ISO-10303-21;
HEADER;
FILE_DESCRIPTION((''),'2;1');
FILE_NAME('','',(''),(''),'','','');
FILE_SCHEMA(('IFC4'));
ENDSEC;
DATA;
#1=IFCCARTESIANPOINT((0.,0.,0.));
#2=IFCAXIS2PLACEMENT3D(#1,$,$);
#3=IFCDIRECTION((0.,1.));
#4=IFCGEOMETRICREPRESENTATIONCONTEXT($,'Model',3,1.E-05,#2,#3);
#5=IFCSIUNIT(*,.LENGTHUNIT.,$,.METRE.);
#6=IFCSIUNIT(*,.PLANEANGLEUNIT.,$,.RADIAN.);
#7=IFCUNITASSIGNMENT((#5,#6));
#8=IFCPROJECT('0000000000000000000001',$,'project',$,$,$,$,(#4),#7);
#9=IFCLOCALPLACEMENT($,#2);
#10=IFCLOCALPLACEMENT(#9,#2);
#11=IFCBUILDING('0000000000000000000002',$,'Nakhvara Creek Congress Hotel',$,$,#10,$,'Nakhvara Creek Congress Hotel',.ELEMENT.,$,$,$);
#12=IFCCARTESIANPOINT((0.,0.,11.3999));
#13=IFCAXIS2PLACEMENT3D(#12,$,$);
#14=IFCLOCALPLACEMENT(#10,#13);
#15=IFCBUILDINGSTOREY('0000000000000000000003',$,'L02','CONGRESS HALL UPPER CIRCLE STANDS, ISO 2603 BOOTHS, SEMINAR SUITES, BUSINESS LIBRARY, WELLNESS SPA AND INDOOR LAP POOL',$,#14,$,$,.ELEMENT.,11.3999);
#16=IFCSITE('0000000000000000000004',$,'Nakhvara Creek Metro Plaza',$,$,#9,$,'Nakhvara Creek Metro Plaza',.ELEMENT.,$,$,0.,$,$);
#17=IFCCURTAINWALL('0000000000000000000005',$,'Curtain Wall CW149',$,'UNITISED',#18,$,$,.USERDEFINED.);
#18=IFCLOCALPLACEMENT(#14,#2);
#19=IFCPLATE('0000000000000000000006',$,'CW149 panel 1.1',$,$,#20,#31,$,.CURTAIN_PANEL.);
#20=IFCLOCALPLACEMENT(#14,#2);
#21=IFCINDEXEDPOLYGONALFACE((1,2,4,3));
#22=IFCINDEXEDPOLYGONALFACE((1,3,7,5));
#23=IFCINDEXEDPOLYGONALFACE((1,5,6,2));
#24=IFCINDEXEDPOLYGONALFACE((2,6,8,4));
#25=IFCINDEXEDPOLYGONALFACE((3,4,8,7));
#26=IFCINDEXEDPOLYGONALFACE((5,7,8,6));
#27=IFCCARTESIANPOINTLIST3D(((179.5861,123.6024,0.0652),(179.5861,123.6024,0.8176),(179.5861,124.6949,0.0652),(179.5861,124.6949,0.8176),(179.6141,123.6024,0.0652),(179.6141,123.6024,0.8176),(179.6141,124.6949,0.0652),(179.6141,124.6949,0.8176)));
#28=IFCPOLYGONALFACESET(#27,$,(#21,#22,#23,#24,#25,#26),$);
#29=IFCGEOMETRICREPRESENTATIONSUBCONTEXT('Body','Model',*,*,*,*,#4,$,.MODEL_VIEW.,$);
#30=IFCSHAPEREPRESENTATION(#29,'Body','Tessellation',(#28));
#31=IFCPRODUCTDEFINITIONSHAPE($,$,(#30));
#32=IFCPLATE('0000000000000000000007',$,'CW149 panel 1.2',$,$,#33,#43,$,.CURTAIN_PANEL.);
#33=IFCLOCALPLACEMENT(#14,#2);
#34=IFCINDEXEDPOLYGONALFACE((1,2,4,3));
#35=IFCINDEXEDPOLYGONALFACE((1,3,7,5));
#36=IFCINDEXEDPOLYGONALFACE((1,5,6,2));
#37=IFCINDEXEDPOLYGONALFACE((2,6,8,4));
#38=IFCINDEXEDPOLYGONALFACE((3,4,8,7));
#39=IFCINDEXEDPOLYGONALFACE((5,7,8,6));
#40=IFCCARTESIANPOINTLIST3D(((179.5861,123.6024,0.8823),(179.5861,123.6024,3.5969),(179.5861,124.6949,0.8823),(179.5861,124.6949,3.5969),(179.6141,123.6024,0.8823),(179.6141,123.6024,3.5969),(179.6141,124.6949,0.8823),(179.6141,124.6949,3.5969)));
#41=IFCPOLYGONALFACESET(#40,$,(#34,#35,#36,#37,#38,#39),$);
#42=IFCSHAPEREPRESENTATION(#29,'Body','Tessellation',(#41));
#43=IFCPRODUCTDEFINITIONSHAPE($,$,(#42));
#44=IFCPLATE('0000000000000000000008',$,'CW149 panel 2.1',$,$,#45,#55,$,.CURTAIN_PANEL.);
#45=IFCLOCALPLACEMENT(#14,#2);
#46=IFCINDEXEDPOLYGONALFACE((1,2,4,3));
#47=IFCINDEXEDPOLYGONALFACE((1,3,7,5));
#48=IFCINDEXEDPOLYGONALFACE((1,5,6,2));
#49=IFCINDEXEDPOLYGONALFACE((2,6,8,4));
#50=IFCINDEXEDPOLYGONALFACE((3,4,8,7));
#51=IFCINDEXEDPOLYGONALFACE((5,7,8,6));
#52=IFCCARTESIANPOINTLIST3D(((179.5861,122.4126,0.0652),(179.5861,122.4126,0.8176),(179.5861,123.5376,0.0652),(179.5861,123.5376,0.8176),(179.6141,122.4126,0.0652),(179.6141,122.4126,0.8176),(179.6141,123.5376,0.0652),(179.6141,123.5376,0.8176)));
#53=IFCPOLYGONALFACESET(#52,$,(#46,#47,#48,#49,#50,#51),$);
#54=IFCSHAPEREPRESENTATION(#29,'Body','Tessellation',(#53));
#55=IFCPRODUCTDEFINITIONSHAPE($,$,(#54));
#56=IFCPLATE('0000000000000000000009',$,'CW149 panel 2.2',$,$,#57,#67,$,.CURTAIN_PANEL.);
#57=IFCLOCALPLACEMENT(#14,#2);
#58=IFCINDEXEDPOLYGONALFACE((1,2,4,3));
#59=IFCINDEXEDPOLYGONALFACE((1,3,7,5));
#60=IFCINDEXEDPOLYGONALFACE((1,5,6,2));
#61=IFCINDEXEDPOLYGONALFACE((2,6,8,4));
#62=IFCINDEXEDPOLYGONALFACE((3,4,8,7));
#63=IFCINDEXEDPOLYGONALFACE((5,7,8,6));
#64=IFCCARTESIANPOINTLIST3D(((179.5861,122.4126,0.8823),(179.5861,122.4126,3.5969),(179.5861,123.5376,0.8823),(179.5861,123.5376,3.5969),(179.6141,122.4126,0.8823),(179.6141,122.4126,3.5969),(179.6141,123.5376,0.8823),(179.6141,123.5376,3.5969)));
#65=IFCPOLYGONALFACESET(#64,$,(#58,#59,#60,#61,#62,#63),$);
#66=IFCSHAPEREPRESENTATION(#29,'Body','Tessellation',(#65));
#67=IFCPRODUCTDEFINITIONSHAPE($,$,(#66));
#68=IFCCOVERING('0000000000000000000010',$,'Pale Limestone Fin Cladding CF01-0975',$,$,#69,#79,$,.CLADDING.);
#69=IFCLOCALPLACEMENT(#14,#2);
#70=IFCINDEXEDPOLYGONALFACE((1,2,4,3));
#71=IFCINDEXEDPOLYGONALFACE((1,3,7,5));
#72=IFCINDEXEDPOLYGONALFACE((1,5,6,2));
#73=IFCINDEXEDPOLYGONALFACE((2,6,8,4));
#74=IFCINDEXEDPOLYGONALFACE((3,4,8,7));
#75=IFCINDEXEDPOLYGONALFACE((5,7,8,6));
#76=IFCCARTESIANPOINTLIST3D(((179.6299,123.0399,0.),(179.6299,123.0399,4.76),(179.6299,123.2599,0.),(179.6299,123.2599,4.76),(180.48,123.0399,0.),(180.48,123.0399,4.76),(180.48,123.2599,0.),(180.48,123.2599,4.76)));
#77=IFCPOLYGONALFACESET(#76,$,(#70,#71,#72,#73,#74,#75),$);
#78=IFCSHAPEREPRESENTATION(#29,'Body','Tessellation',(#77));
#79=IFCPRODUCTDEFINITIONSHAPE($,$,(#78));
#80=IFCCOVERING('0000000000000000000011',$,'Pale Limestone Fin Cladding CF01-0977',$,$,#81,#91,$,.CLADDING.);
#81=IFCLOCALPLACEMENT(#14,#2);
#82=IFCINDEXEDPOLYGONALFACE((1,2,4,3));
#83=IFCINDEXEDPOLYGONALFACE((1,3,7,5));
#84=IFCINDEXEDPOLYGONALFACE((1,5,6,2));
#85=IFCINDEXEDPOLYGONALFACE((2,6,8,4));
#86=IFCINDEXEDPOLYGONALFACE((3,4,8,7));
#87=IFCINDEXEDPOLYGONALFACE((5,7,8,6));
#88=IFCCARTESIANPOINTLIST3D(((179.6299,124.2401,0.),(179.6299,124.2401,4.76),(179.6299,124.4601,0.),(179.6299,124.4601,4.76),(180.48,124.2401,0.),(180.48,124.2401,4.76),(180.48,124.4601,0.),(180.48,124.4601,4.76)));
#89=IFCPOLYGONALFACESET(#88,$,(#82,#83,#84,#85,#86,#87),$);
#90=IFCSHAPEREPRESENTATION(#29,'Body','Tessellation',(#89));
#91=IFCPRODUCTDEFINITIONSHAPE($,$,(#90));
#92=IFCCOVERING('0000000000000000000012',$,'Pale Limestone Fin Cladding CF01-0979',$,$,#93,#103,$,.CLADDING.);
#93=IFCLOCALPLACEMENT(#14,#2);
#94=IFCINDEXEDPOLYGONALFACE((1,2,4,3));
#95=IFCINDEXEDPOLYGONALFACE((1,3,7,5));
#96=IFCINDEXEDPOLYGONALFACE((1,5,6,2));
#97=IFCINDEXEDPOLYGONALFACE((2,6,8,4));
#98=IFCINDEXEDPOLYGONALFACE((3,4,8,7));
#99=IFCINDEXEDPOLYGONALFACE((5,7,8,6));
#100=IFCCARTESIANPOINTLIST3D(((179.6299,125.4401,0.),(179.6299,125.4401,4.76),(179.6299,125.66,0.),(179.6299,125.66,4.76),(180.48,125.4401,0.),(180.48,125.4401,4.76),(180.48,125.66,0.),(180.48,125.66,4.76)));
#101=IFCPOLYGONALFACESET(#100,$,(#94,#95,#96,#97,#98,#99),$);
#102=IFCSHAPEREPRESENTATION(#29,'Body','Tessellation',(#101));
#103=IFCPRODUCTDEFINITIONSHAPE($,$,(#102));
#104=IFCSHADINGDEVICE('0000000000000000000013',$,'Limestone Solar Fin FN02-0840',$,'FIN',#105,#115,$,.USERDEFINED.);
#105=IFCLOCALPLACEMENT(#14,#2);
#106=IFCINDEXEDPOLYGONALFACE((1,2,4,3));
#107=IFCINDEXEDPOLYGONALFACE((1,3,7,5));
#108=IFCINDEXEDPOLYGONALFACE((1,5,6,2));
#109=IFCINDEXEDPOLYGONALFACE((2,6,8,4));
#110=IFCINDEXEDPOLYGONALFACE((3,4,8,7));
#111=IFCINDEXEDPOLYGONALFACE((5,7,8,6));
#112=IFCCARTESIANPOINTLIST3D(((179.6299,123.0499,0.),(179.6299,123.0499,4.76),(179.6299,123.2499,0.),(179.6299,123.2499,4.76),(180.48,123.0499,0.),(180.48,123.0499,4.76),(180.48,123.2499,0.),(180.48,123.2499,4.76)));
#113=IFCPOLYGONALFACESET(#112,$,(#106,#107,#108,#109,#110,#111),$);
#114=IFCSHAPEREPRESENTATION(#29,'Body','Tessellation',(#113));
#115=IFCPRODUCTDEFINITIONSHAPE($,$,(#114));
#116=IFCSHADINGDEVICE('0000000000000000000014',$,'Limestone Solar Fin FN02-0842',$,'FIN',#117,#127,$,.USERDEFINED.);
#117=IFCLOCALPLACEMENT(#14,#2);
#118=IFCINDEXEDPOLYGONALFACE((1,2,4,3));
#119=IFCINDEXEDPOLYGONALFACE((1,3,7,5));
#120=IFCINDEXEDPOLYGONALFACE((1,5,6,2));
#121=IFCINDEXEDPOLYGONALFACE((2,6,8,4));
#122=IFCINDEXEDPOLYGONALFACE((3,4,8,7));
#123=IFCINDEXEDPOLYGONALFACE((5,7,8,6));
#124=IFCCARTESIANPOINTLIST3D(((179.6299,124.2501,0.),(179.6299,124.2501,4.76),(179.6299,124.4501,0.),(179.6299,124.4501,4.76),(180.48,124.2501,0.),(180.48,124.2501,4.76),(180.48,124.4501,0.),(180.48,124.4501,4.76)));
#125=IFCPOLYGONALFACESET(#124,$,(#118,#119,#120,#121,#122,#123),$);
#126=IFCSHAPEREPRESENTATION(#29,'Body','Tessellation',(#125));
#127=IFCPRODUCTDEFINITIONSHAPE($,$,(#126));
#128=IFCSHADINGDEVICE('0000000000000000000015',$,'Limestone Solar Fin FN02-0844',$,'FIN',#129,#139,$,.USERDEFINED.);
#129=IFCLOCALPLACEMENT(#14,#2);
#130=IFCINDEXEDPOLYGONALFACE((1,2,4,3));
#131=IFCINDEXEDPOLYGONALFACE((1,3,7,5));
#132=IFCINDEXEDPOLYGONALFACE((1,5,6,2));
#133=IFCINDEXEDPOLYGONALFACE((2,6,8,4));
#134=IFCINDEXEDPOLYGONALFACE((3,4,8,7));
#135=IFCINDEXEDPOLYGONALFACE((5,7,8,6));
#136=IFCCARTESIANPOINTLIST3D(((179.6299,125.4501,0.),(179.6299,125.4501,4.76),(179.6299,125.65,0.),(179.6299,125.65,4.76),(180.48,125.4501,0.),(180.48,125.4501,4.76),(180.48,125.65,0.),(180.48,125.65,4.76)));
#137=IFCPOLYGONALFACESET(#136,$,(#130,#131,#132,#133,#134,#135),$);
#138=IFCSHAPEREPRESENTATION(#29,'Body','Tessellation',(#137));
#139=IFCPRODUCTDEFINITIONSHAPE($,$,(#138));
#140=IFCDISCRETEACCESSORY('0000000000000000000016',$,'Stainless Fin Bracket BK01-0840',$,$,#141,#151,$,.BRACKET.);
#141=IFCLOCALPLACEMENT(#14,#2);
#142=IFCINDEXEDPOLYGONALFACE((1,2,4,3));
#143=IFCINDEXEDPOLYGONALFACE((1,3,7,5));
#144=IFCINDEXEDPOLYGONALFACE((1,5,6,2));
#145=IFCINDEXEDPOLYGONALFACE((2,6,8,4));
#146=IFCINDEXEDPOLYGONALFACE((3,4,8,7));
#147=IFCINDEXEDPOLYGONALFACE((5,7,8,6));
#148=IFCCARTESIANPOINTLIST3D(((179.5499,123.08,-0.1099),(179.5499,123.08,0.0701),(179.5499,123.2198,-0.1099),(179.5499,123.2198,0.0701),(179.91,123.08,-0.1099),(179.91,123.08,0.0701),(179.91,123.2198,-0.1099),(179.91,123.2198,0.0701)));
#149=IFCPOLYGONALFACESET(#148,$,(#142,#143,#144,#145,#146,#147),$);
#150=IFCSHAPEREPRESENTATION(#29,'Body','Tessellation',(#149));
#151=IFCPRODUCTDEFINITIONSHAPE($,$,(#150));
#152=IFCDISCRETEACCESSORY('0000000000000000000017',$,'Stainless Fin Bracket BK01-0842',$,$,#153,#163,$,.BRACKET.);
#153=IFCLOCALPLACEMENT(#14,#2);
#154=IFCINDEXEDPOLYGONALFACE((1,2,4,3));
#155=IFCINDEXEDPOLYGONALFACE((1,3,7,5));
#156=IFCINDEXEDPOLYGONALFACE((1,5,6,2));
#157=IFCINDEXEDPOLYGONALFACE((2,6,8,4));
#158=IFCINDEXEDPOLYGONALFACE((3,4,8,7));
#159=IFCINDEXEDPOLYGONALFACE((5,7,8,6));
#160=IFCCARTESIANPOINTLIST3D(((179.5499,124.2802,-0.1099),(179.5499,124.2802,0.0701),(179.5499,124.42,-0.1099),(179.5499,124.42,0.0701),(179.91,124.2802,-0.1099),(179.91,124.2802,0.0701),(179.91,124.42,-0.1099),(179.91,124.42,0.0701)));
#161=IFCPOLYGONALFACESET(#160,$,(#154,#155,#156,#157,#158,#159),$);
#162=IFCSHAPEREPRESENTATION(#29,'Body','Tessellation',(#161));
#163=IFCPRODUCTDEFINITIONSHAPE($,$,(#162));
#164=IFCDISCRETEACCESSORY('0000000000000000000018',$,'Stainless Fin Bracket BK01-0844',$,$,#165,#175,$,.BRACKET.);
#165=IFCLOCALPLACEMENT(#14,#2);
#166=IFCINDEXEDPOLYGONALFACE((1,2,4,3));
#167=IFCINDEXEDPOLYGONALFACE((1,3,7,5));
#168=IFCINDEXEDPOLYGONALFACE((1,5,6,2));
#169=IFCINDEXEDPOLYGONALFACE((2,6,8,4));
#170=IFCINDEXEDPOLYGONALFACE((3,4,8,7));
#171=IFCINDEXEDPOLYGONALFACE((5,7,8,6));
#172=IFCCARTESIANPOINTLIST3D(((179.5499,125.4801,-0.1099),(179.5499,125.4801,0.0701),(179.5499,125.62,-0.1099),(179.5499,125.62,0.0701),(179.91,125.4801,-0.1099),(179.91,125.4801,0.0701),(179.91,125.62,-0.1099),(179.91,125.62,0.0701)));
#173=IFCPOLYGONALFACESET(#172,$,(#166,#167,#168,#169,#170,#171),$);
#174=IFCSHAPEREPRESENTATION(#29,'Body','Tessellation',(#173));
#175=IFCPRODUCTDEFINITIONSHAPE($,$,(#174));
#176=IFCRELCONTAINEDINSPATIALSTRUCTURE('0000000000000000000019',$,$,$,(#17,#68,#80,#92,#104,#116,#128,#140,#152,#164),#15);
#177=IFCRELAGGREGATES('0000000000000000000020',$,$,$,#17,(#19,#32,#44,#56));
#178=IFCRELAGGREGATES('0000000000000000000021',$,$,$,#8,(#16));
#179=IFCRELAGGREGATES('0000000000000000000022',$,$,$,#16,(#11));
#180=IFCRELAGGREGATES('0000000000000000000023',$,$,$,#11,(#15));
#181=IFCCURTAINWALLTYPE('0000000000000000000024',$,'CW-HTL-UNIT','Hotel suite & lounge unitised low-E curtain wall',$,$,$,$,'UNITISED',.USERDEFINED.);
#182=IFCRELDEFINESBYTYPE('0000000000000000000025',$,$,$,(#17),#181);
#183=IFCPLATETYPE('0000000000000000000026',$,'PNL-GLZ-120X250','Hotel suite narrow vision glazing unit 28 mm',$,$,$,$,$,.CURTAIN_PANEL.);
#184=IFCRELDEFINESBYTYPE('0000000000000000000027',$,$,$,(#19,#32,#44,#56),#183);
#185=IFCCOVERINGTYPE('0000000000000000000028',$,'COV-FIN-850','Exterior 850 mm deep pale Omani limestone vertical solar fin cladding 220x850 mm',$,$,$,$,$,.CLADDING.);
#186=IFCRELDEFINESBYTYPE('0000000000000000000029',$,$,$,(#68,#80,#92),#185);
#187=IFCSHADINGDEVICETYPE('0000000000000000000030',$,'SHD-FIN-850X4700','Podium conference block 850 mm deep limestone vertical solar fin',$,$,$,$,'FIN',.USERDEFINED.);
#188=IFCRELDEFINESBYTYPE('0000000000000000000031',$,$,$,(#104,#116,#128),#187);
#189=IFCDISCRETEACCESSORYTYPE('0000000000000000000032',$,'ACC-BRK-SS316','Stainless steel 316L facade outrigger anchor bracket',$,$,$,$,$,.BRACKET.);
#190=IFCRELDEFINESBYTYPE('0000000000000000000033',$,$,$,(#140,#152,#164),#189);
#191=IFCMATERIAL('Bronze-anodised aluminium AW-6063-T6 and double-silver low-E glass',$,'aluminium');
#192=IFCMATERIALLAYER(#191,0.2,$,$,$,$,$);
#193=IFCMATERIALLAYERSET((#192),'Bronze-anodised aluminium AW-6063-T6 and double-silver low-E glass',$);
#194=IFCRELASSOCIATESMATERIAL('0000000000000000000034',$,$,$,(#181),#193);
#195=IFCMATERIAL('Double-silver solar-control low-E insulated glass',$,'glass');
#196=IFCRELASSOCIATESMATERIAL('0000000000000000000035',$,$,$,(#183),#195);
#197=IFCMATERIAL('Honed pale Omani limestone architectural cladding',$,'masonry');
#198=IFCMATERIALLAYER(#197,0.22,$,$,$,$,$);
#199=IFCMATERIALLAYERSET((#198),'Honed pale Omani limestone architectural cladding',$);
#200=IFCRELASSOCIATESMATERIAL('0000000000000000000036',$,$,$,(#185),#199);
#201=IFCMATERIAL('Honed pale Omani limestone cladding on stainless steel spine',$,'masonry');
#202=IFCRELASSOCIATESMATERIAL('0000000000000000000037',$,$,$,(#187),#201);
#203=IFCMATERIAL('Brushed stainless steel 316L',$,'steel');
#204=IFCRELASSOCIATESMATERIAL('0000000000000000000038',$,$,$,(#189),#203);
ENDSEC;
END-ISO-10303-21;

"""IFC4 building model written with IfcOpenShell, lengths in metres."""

from ifc_helpers import new_model, si_unit, direction, frame, origin, origin_2d, place, context, subcontext, project, spatial, rectangle, extrude, material, layer, layer_set, type_object, element, aggregate, save


model = new_model("IFC4")

# Units and contexts
model_context = context("Model", 3, precision=1e-05, world=origin(), true_north=direction((0.0, 1.0)))
body_context = subcontext(model_context, "Body", "Model", "MODEL_VIEW")
ifc_project = project(units=[si_unit("LENGTHUNIT", "METRE"), si_unit("PLANEANGLEUNIT", "RADIAN")], contexts=[model_context])

# Site, building, storey
site_placement = place(None, origin())
site = spatial("IfcSite", under=ifc_project, at=site_placement, Name="Nakhvara Creek Metro Plaza", LongName="Nakhvara Creek Metro Plaza", CompositionType="ELEMENT", RefElevation=0.0)
building_placement = place(site_placement, origin())
building = spatial("IfcBuilding", under=site, at=building_placement, Name="Nakhvara Creek Congress Hotel", LongName="Nakhvara Creek Congress Hotel", CompositionType="ELEMENT")
storey_placement = place(building_placement, frame((0.0, 0.0, 11.3999)))
storey = spatial("IfcBuildingStorey", under=building, at=storey_placement, Name="L02", Description="CONGRESS HALL UPPER CIRCLE STANDS, ISO 2603 BOOTHS, SEMINAR SUITES, BUSINESS LIBRARY, WELLNESS SPA AND INDOOR LAP POOL", CompositionType="ELEMENT", Elevation=11.3999)

# Curtain wall, plates
ifc_material_1 = material(Name="Bronze-anodised aluminium AW-6063-T6 and double-silver low-E glass", Category="aluminium")
ifc_layer_1 = layer(ifc_material_1, 0.2)
ifc_layer_set_1 = layer_set([ifc_layer_1], Name="Bronze-anodised aluminium AW-6063-T6 and double-silver low-E glass")
curtain_wall_type = type_object("IfcCurtainWallType", Name="CW-HTL-UNIT", Description="Hotel suite & lounge unitised low-E curtain wall", ElementType="UNITISED", PredefinedType="USERDEFINED", material=ifc_layer_set_1)
curtain_wall_placement = place(storey_placement, origin())
curtain_wall = element("IfcCurtainWall", 1, at=curtain_wall_placement, inside=storey, type_object=curtain_wall_type, Name="Curtain Wall CW149", ObjectType="UNITISED", PredefinedType="USERDEFINED")
ifc_material_2 = material(Name="Double-silver solar-control low-E insulated glass", Category="glass")
plate_type = type_object("IfcPlateType", Name="PNL-GLZ-120X250", Description="Hotel suite narrow vision glazing unit 28 mm", PredefinedType="CURTAIN_PANEL", material=ifc_material_2)
plate_1_placement = place(storey_placement, frame((179.6001, 124.1487, 0.0652), z_axis=(0.0, 0.0, 1.0), x_axis=(0.0, -1.0, 0.0)))
plate_1 = element("IfcPlate", 2, at=plate_1_placement, type_object=plate_type, Name="CW149 panel 1.1", PredefinedType="CURTAIN_PANEL", context=body_context, shape_type="SweptSolid", body=[
    extrude(rectangle(XDim=1.0925, YDim=0.0281, at=origin_2d()), origin(), (0.0, 0.0, 1.0), 0.7524),
])
plate_2_placement = place(storey_placement, frame((179.6001, 124.1487, 0.8823), z_axis=(0.0, 0.0, 1.0), x_axis=(0.0, -1.0, 0.0)))
plate_2 = element("IfcPlate", 3, at=plate_2_placement, type_object=plate_type, Name="CW149 panel 1.2", PredefinedType="CURTAIN_PANEL", context=body_context, shape_type="SweptSolid", body=[
    extrude(rectangle(XDim=1.0925, YDim=0.0281, at=origin_2d()), origin(), (0.0, 0.0, 1.0), 2.7146),
])
plate_3_placement = place(storey_placement, frame((179.6001, 122.9751, 0.0652), z_axis=(0.0, 0.0, 1.0), x_axis=(0.0, -1.0, 0.0)))
plate_3 = element("IfcPlate", 4, at=plate_3_placement, type_object=plate_type, Name="CW149 panel 2.1", PredefinedType="CURTAIN_PANEL", context=body_context, shape_type="SweptSolid", body=[
    extrude(rectangle(XDim=1.125, YDim=0.0281, at=origin_2d()), origin(), (0.0, 0.0, 1.0), 0.7524),
])
plate_4_placement = place(storey_placement, frame((179.6001, 122.9751, 0.8823), z_axis=(0.0, 0.0, 1.0), x_axis=(0.0, -1.0, 0.0)))
plate_4 = element("IfcPlate", 5, at=plate_4_placement, type_object=plate_type, Name="CW149 panel 2.2", PredefinedType="CURTAIN_PANEL", context=body_context, shape_type="SweptSolid", body=[
    extrude(rectangle(XDim=1.125, YDim=0.0281, at=origin_2d()), origin(), (0.0, 0.0, 1.0), 2.7146),
])
aggregate(curtain_wall, [plate_1, plate_2, plate_3, plate_4])

# Coverings
ifc_material_3 = material(Name="Honed pale Omani limestone architectural cladding", Category="masonry")
ifc_layer_2 = layer(ifc_material_3, 0.22)
ifc_layer_set_2 = layer_set([ifc_layer_2], Name="Honed pale Omani limestone architectural cladding")
covering_type = type_object("IfcCoveringType", Name="COV-FIN-850", Description="Exterior 850 mm deep pale Omani limestone vertical solar fin cladding 220x850 mm", PredefinedType="CLADDING", material=ifc_layer_set_2)
for number, where, z_axis, x_axis, name in (
    (6, (180.0549, 123.1499, 0.0), (0.0, 0.0, 1.0), (0.0, 1.0, 0.0), "Pale Limestone Fin Cladding CF01-0975"),
    (7, (180.0549, 124.3501, 0.0), (0.0, 0.0, 1.0), (0.0, 1.0, 0.0), "Pale Limestone Fin Cladding CF01-0977"),
    (8, (180.0549, 125.55, 0.0), (0.0, 0.0, 1.0), (0.0, 1.0, 0.0), "Pale Limestone Fin Cladding CF01-0979"),
):
    element("IfcCovering", number, at=place(storey_placement, frame(where, z_axis=z_axis, x_axis=x_axis)), inside=storey, type_object=covering_type, Name=name, PredefinedType="CLADDING", context=body_context, shape_type="SweptSolid", body=[
        extrude(rectangle(XDim=0.22, YDim=0.8501, at=origin_2d()), origin(), (0.0, 0.0, 1.0), 4.76),
    ])

# Shading devices
ifc_material_4 = material(Name="Honed pale Omani limestone cladding on stainless steel spine", Category="masonry")
shading_device_type = type_object("IfcShadingDeviceType", Name="SHD-FIN-850X4700", Description="Podium conference block 850 mm deep limestone vertical solar fin", ElementType="FIN", PredefinedType="USERDEFINED", material=ifc_material_4)
for number, where, z_axis, x_axis, name in (
    (9, (180.0549, 123.1499, 0.0), (0.0, 0.0, 1.0), (0.0, 1.0, 0.0), "Limestone Solar Fin FN02-0840"),
    (10, (180.0549, 124.3501, 0.0), (0.0, 0.0, 1.0), (0.0, 1.0, 0.0), "Limestone Solar Fin FN02-0842"),
    (11, (180.0549, 125.55, 0.0), (0.0, 0.0, 1.0), (0.0, 1.0, 0.0), "Limestone Solar Fin FN02-0844"),
):
    element("IfcShadingDevice", number, at=place(storey_placement, frame(where, z_axis=z_axis, x_axis=x_axis)), inside=storey, type_object=shading_device_type, Name=name, ObjectType="FIN", PredefinedType="USERDEFINED", context=body_context, shape_type="SweptSolid", body=[
        extrude(rectangle(XDim=0.2, YDim=0.8501, at=origin_2d()), origin(), (0.0, 0.0, 1.0), 4.76),
    ])

# Discrete accessories
ifc_material_5 = material(Name="Brushed stainless steel 316L", Category="steel")
discrete_accessory_type = type_object("IfcDiscreteAccessoryType", Name="ACC-BRK-SS316", Description="Stainless steel 316L facade outrigger anchor bracket", PredefinedType="BRACKET", material=ifc_material_5)
for number, where, z_axis, x_axis, name in (
    (12, (179.73, 123.1499, -0.1099), (0.0, 0.0, 1.0), (0.0, 1.0, 0.0), "Stainless Fin Bracket BK01-0840"),
    (13, (179.73, 124.3501, -0.1099), (0.0, 0.0, 1.0), (0.0, 1.0, 0.0), "Stainless Fin Bracket BK01-0842"),
    (14, (179.73, 125.55, -0.1099), (0.0, 0.0, 1.0), (0.0, 1.0, 0.0), "Stainless Fin Bracket BK01-0844"),
):
    element("IfcDiscreteAccessory", number, at=place(storey_placement, frame(where, z_axis=z_axis, x_axis=x_axis)), inside=storey, type_object=discrete_accessory_type, Name=name, PredefinedType="BRACKET", context=body_context, shape_type="SweptSolid", body=[
        extrude(rectangle(XDim=0.1399, YDim=0.3601, at=origin_2d()), origin(), (0.0, 0.0, 1.0), 0.1799),
    ])

save(model, "model.ifc")
